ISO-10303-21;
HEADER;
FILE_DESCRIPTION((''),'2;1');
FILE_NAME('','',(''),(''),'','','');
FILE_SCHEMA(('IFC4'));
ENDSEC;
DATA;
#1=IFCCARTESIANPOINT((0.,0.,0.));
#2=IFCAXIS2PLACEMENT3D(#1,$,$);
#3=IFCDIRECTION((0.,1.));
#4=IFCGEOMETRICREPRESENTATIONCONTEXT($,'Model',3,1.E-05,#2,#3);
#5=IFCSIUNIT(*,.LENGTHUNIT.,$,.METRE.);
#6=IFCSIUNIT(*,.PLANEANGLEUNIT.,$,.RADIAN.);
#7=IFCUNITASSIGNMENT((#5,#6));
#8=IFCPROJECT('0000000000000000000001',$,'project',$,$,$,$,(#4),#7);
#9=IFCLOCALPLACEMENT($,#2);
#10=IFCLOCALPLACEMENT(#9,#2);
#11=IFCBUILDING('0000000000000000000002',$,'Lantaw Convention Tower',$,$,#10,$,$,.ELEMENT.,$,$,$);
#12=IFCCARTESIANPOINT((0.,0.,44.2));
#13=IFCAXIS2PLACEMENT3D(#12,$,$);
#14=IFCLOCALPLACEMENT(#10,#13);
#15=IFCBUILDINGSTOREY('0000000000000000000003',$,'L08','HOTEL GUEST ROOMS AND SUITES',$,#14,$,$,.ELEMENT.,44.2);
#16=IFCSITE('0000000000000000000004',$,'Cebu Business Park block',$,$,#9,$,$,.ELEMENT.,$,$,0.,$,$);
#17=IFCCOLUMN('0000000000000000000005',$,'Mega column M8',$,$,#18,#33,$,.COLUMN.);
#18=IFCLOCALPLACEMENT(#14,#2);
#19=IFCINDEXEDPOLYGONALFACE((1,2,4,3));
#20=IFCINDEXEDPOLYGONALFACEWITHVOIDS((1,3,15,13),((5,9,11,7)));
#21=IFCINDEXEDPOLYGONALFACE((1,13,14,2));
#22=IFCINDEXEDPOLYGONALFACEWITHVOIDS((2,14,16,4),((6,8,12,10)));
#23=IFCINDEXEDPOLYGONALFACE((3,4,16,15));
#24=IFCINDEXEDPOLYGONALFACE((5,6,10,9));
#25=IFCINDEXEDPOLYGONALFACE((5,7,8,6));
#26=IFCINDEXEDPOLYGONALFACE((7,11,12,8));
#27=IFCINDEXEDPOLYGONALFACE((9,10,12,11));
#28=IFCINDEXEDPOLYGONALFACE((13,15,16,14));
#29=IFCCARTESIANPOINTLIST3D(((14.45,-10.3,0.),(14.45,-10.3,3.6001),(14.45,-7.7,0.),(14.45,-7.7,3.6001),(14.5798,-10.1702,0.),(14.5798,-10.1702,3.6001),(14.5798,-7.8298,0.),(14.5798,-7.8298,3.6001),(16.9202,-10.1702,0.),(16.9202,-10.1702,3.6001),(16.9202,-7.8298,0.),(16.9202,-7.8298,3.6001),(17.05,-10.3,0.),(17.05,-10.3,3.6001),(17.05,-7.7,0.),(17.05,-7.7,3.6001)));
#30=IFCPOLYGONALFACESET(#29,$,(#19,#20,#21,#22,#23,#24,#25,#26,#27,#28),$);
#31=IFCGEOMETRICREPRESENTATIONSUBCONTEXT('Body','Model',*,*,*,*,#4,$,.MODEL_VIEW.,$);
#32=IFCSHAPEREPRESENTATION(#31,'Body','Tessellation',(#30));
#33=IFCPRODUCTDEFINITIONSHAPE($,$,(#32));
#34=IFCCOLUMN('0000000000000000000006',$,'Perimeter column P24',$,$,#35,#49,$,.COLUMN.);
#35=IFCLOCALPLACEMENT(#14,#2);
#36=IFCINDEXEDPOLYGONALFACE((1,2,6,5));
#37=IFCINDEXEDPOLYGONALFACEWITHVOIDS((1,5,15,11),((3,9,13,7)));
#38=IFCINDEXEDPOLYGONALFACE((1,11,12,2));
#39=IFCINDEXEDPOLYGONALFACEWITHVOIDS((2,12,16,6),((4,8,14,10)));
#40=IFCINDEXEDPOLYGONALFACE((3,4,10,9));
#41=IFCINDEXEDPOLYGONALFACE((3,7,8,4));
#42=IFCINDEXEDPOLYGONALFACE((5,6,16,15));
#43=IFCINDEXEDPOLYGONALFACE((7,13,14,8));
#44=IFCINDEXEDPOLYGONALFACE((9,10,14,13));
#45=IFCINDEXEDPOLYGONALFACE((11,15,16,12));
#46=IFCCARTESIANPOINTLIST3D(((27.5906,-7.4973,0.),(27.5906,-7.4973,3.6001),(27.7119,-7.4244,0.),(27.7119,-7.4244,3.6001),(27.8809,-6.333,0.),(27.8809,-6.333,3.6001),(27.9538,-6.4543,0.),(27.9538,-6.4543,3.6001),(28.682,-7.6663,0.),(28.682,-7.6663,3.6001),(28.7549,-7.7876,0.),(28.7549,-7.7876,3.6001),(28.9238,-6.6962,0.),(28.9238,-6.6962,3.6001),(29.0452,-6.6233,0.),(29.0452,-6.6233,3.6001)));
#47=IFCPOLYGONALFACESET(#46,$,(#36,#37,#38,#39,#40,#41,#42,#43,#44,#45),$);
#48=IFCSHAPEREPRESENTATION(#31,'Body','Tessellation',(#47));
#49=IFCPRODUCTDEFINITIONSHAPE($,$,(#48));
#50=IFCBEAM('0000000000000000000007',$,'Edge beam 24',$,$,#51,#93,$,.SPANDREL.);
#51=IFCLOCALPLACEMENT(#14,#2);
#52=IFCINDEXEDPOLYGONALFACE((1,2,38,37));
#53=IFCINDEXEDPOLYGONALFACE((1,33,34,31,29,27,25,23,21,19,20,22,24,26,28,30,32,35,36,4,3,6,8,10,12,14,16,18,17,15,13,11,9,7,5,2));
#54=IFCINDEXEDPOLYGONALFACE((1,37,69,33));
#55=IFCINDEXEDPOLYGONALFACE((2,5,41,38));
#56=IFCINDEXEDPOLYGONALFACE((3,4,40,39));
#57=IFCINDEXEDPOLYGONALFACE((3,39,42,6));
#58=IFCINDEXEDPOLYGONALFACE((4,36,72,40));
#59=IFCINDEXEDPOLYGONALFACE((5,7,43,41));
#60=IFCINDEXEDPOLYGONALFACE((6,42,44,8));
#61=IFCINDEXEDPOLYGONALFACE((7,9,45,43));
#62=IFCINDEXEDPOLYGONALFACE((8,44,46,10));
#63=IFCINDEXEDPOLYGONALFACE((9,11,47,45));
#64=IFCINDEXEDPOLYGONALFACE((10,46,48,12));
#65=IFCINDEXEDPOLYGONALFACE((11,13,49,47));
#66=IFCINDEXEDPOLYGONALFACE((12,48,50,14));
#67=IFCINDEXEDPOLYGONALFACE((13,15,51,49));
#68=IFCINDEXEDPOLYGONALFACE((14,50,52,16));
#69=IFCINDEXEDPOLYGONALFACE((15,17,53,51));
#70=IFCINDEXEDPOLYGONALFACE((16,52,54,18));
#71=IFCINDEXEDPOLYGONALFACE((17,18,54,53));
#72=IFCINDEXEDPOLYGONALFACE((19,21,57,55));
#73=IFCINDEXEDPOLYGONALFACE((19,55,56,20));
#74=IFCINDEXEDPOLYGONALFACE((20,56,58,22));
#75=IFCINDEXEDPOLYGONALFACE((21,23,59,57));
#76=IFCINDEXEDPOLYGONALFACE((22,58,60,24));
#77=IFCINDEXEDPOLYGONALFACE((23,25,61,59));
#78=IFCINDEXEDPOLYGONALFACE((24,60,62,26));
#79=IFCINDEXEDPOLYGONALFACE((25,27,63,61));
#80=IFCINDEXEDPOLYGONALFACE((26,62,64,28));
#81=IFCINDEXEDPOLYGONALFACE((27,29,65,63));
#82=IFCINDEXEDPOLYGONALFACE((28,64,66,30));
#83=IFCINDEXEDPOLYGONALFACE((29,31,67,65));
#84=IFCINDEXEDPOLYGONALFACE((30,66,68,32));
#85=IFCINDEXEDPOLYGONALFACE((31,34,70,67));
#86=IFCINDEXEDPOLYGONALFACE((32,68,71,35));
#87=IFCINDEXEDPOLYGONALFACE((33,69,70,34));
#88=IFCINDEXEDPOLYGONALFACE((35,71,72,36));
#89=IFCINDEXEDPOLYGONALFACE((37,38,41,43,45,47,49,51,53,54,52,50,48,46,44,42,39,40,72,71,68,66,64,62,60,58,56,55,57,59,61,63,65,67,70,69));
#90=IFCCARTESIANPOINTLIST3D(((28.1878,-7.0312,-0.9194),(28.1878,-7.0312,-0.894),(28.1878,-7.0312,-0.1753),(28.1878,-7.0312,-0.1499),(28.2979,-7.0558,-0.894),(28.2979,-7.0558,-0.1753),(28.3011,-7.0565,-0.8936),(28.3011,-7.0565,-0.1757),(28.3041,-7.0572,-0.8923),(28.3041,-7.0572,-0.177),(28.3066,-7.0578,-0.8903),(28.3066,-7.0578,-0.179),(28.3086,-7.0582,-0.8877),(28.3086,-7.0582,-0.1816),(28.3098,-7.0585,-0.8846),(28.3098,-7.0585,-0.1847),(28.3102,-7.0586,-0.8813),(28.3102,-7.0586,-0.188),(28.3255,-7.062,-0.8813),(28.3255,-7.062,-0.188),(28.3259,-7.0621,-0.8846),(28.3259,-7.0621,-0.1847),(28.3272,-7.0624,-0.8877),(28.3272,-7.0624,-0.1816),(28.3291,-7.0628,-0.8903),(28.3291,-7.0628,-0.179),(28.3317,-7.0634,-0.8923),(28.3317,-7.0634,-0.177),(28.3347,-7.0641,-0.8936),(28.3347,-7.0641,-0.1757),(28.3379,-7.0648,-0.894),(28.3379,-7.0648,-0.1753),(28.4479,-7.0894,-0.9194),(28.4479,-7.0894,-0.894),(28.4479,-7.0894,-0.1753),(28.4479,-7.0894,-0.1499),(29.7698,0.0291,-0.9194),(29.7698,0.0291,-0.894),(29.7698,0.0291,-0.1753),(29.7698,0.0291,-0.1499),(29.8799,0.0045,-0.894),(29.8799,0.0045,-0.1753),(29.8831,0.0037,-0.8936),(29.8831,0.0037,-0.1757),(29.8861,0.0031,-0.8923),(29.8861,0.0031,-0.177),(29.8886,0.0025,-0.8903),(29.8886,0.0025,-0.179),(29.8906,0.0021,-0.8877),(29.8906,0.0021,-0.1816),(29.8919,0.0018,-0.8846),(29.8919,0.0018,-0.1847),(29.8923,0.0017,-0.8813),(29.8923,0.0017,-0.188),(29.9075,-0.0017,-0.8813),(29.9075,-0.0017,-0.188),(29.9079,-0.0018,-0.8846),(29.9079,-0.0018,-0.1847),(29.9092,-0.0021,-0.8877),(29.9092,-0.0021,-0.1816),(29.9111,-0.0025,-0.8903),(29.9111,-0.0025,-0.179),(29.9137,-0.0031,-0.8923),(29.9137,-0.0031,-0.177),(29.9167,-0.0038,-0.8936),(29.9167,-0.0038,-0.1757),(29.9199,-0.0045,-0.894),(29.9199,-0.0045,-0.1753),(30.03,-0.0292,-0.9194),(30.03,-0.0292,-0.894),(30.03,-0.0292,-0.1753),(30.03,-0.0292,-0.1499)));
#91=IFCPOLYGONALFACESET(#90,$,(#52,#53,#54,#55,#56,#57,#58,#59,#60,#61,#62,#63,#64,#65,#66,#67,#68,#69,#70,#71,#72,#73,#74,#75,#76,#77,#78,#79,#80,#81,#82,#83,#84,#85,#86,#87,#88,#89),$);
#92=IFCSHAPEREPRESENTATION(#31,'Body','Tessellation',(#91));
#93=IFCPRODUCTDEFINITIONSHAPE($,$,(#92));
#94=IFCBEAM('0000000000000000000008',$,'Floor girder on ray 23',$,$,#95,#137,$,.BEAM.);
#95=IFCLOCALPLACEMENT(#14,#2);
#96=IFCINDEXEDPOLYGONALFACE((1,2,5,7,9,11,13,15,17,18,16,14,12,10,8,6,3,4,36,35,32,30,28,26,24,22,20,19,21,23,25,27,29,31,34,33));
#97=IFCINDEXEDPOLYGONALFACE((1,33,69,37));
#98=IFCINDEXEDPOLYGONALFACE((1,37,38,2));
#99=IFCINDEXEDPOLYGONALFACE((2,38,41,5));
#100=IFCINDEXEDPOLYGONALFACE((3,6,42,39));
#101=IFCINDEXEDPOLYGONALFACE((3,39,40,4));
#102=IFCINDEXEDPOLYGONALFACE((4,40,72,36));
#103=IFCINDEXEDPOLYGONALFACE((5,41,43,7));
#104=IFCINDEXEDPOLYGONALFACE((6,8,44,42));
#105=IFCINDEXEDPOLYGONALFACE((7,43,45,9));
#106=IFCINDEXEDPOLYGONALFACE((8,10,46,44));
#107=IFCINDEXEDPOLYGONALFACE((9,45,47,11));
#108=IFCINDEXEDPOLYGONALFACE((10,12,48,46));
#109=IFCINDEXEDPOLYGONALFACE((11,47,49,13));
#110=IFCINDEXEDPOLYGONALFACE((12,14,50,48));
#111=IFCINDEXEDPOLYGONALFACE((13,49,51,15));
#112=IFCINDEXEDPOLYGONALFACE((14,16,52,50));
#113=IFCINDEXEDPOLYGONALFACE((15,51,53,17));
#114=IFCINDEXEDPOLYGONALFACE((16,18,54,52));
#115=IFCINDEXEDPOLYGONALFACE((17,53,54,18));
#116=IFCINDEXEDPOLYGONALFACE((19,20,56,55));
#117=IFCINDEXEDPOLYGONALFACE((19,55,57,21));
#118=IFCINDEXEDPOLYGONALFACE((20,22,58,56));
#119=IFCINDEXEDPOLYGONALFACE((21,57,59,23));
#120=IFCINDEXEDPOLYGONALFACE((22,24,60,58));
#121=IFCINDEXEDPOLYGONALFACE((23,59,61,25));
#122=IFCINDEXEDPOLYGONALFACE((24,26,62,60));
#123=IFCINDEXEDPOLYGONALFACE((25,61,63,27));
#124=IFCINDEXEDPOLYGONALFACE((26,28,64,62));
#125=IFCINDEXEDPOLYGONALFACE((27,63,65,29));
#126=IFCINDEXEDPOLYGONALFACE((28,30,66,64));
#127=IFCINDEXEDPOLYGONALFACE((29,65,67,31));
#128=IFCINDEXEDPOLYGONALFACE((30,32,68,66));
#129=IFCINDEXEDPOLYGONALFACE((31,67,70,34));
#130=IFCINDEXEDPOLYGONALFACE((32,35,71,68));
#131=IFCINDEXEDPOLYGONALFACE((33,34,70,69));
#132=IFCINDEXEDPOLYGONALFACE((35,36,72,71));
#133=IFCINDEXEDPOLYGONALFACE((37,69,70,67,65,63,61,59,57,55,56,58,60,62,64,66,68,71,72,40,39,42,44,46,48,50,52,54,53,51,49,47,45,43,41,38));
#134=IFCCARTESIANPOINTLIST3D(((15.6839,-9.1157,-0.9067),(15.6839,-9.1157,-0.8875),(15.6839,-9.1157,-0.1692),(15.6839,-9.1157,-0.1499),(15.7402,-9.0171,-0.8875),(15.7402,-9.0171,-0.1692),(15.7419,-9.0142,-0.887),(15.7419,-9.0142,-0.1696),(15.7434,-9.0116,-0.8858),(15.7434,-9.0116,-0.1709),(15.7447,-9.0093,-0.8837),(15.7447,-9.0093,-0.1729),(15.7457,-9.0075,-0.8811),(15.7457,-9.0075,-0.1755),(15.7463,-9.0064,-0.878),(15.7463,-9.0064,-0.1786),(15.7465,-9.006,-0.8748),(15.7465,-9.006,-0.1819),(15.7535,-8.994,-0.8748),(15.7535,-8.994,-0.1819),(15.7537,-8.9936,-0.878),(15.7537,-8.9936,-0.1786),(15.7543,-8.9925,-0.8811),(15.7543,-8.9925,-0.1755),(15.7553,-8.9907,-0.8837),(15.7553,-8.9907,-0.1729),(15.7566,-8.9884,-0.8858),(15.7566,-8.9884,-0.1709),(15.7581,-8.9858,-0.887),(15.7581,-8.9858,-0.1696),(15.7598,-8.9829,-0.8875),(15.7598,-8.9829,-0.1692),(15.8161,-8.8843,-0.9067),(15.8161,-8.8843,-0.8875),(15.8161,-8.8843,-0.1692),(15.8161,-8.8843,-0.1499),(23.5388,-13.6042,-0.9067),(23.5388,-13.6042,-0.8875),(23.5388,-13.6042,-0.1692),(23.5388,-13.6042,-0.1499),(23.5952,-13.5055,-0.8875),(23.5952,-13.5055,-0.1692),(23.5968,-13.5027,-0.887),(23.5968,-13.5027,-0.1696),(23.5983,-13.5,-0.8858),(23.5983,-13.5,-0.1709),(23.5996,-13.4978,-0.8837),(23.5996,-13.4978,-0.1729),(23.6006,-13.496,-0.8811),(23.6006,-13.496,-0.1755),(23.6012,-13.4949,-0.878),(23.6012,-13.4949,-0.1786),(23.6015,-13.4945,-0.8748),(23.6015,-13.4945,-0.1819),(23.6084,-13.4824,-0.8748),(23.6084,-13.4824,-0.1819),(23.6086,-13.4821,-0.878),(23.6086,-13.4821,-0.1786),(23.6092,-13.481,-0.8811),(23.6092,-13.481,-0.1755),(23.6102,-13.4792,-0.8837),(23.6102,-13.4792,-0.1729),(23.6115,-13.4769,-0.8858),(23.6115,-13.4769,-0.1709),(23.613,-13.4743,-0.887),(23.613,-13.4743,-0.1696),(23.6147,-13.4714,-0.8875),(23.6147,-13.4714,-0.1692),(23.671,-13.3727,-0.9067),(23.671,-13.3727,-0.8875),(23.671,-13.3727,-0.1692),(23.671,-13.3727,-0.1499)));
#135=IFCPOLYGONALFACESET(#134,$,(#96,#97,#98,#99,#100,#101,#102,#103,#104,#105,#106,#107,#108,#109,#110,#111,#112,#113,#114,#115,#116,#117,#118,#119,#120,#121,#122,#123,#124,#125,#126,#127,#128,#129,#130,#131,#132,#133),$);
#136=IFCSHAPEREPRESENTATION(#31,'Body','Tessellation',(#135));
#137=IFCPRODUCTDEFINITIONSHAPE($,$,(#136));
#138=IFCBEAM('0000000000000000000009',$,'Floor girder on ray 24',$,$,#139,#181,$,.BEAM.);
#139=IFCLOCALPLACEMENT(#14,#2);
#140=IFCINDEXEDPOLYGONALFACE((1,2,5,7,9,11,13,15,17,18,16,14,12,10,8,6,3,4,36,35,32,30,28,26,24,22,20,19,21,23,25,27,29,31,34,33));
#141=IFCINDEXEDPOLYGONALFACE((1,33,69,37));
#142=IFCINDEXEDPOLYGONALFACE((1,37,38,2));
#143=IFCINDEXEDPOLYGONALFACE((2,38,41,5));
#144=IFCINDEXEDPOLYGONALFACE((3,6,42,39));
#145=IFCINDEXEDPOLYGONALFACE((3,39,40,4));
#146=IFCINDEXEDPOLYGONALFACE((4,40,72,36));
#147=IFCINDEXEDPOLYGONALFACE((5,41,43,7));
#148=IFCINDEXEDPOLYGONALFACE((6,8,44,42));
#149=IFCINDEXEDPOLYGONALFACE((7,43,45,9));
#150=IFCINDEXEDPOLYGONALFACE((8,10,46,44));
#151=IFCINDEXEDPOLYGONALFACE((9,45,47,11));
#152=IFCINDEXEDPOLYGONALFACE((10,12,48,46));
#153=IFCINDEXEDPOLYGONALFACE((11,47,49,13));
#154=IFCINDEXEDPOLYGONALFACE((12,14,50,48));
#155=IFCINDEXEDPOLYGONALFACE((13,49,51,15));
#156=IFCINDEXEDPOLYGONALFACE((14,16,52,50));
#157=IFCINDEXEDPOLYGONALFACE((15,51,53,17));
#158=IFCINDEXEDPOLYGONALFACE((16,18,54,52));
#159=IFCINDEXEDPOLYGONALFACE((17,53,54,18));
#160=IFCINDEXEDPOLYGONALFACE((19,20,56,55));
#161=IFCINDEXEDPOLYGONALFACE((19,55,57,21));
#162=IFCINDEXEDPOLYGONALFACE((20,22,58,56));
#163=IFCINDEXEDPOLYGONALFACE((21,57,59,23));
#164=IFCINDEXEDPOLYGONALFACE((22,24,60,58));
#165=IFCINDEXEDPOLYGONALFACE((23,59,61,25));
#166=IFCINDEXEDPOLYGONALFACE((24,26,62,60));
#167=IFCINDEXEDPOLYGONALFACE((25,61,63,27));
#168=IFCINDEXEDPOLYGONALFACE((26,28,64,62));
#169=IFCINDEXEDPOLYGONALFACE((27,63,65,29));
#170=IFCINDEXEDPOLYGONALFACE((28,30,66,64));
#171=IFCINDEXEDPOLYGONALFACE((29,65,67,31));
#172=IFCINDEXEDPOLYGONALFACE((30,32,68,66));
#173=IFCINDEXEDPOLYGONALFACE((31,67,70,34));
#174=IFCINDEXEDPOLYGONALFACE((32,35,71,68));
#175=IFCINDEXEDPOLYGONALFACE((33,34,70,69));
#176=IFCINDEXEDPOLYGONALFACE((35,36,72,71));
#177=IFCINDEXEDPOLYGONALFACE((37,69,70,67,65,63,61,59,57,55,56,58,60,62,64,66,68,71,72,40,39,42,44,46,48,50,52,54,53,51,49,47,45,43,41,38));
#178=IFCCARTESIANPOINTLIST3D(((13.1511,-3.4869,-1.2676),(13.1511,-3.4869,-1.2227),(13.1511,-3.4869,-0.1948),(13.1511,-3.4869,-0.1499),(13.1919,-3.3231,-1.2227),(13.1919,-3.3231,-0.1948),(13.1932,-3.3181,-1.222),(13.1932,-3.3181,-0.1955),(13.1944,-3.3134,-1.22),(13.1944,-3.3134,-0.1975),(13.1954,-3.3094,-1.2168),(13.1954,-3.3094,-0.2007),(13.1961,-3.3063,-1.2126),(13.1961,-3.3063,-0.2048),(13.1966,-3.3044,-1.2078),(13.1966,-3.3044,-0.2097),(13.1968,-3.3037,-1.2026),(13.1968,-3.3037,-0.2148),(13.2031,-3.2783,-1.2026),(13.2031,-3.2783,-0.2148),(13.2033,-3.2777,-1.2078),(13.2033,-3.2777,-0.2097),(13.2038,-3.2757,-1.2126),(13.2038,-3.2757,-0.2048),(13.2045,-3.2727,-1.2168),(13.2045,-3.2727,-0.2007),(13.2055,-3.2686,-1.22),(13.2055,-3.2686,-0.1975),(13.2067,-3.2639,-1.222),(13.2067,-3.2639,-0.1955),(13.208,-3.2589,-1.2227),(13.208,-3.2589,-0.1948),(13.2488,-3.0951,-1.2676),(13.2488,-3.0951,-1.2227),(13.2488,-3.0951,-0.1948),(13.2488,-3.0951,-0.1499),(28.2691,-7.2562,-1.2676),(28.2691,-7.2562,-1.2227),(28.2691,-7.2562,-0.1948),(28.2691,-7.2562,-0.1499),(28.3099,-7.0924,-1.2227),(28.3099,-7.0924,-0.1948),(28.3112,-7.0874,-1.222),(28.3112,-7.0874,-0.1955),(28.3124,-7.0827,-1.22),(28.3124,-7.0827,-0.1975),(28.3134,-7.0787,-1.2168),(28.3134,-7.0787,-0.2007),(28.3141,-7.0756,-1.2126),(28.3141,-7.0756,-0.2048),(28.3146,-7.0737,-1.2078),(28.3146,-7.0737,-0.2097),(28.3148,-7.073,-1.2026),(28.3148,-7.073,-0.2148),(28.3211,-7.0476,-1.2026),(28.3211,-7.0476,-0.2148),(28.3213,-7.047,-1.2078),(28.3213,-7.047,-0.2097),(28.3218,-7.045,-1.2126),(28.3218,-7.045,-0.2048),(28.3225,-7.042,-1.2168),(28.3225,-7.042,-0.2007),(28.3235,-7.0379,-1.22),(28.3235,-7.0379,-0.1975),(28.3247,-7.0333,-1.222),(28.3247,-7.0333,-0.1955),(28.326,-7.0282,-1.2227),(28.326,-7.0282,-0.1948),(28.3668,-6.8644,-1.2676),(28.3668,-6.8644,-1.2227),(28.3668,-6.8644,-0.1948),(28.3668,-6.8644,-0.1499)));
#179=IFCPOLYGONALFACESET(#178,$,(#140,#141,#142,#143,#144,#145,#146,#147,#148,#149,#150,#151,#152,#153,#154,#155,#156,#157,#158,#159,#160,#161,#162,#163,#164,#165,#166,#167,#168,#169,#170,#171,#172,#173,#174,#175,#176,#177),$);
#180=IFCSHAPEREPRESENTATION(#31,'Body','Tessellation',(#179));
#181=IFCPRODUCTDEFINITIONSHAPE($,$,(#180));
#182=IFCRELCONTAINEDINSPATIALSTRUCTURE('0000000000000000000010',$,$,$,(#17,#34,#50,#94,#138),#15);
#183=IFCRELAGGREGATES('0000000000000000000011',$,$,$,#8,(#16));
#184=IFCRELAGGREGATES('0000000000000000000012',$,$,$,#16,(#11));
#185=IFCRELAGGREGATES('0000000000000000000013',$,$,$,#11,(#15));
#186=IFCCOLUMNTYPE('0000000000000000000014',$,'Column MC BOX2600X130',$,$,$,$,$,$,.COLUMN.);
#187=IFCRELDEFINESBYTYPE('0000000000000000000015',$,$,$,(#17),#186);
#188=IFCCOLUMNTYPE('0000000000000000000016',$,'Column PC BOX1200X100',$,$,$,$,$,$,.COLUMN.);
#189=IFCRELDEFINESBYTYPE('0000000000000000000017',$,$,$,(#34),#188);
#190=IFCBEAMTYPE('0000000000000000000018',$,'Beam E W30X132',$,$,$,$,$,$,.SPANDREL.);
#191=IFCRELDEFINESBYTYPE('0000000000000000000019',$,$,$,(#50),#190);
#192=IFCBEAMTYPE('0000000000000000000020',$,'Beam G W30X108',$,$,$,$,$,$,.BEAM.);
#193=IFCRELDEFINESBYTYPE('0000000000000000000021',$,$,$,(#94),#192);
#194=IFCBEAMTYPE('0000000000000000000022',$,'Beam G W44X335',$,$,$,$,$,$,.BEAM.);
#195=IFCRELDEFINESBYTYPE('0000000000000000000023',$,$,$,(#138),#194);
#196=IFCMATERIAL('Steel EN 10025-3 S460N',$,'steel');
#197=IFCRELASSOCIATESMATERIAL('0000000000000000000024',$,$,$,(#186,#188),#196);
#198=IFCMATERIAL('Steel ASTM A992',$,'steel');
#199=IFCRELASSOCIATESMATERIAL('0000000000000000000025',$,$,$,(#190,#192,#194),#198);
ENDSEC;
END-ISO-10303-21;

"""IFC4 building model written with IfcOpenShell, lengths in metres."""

from ifc_helpers import new_model, si_unit, direction, frame, origin, origin_2d, place, context, subcontext, project, spatial, rectangle, hollow_rectangle, i_section, extrude, material, material_profile, profile_set, type_object, element, save


model = new_model("IFC4")

# Units and contexts
model_context = context("Model", 3, precision=1e-05, world=origin(), true_north=direction((0.0, 1.0)))
body_context = subcontext(model_context, "Body", "Model", "MODEL_VIEW")
ifc_project = project(units=[si_unit("LENGTHUNIT", "METRE"), si_unit("PLANEANGLEUNIT", "RADIAN")], contexts=[model_context])

# Site, building, storey
site_placement = place(None, origin())
site = spatial("IfcSite", under=ifc_project, at=site_placement, Name="Cebu Business Park block", CompositionType="ELEMENT", RefElevation=0.0)
building_placement = place(site_placement, origin())
building = spatial("IfcBuilding", under=site, at=building_placement, Name="Lantaw Convention Tower", CompositionType="ELEMENT")
storey_placement = place(building_placement, frame((0.0, 0.0, 44.2)))
storey = spatial("IfcBuildingStorey", under=building, at=storey_placement, Name="L08", Description="HOTEL GUEST ROOMS AND SUITES", CompositionType="ELEMENT", Elevation=44.2)

# Columns
ifc_material_1 = material(Name="Steel EN 10025-3 S460N", Category="steel")
ifc_material_profile_1 = material_profile(ifc_material_1, hollow_rectangle(XDim=2.6001, YDim=2.6001, WallThickness=0.1299, at=origin_2d()), Name="BOX2600X130")
ifc_material_2 = material(Name="Concrete C60/75", Category="concrete")
ifc_material_profile_2 = material_profile(ifc_material_2, rectangle(XDim=2.3401, YDim=2.3401, at=origin_2d()), Name="Concrete fill of BOX2600X130")
ifc_profile_set_1 = profile_set([ifc_material_profile_1, ifc_material_profile_2], Name="Steel EN 10025-3 S460N")
column_type_1 = type_object("IfcColumnType", Name="Column MC BOX2600X130", PredefinedType="COLUMN", material=ifc_profile_set_1)
column_1_placement = place(storey_placement, frame((15.75, -9.0, 0.0), z_axis=(0.0, 0.0, 1.0), x_axis=(1.0, 0.0, 0.0)))
element("IfcColumn", 1, at=column_1_placement, inside=storey, type_object=column_type_1, Name="Mega column M8", PredefinedType="COLUMN", context=body_context, shape_type="SweptSolid", body=[
    extrude(hollow_rectangle(XDim=2.6001, YDim=2.6001, WallThickness=0.1299, at=origin_2d()), origin(), (0.0, 0.0, 1.0), 3.6001),
])
ifc_material_profile_3 = material_profile(ifc_material_1, hollow_rectangle(XDim=1.2, YDim=1.2, WallThickness=0.1001, at=origin_2d()), Name="BOX1200X100")
ifc_material_profile_4 = material_profile(ifc_material_2, rectangle(XDim=1.0, YDim=1.0, at=origin_2d()), Name="Concrete fill of BOX1200X100")
ifc_profile_set_2 = profile_set([ifc_material_profile_3, ifc_material_profile_4], Name="Steel EN 10025-3 S460N")
column_type_2 = type_object("IfcColumnType", Name="Column PC BOX1200X100", PredefinedType="COLUMN", material=ifc_profile_set_2)
column_2_placement = place(storey_placement, frame((28.3179, -7.0603, 0.0), z_axis=(0.0, 0.0, 1.0), x_axis=(0.241922, 0.970296, 0.0)))
element("IfcColumn", 2, at=column_2_placement, inside=storey, type_object=column_type_2, Name="Perimeter column P24", PredefinedType="COLUMN", context=body_context, shape_type="SweptSolid", body=[
    extrude(hollow_rectangle(XDim=1.2, YDim=1.2, WallThickness=0.1001, at=origin_2d()), origin(), (0.0, 0.0, 1.0), 3.6001),
])

# Beams
ifc_material_3 = material(Name="Steel ASTM A992", Category="steel")
ifc_material_profile_5 = material_profile(ifc_material_3, i_section(OverallWidth=0.2666, OverallDepth=0.7695, WebThickness=0.0156, FlangeThickness=0.0254, FilletRadius=0.0127, at=origin_2d()), Name="W30X132")
ifc_profile_set_3 = profile_set([ifc_material_profile_5], Name="Steel ASTM A992")
beam_type_1 = type_object("IfcBeamType", Name="Beam E W30X132", PredefinedType="SPANDREL", material=ifc_profile_set_3)
beam_1_placement = place(storey_placement, frame((28.3179, -7.0603, -0.5347), z_axis=(0.218652, 0.975803, 0.0), x_axis=(-0.975803, 0.218652, 0.0)))
element("IfcBeam", 3, at=beam_1_placement, inside=storey, type_object=beam_type_1, Name="Edge beam 24", PredefinedType="SPANDREL", context=body_context, shape_type="SweptSolid", body=[
    extrude(i_section(OverallWidth=0.2666, OverallDepth=0.7695, WebThickness=0.0156, FlangeThickness=0.0254, FilletRadius=0.0127, at=origin_2d()), origin(), (0.0, 0.0, 1.0), 7.2354),
])
ifc_material_profile_6 = material_profile(ifc_material_3, i_section(OverallWidth=0.2666, OverallDepth=0.7568, WebThickness=0.0139, FlangeThickness=0.0193, FilletRadius=0.0127, at=origin_2d()), Name="W30X108")
ifc_profile_set_4 = profile_set([ifc_material_profile_6], Name="Steel ASTM A992")
beam_type_2 = type_object("IfcBeamType", Name="Beam G W30X108", PredefinedType="BEAM", material=ifc_profile_set_4)
beam_2_placement = place(storey_placement, frame((15.75, -9.0, -0.5283), z_axis=(0.868245, -0.496136, 0.0), x_axis=(0.496136, 0.868245, 0.0)))
element("IfcBeam", 4, at=beam_2_placement, inside=storey, type_object=beam_type_2, Name="Floor girder on ray 23", PredefinedType="BEAM", context=body_context, shape_type="SweptSolid", body=[
    extrude(i_section(OverallWidth=0.2666, OverallDepth=0.7568, WebThickness=0.0139, FlangeThickness=0.0193, FilletRadius=0.0127, at=origin_2d()), origin(), (0.0, 0.0, 1.0), 9.0469),
])
ifc_material_profile_7 = material_profile(ifc_material_3, i_section(OverallWidth=0.4038, OverallDepth=1.1177, WebThickness=0.0261, FlangeThickness=0.0449, FilletRadius=0.02, at=origin_2d()), Name="W44X335")
ifc_profile_set_5 = profile_set([ifc_material_profile_7], Name="Steel ASTM A992")
beam_type_3 = type_object("IfcBeamType", Name="Beam G W44X335", PredefinedType="BEAM", material=ifc_profile_set_5)
beam_3_placement = place(storey_placement, frame((13.2, -3.291, -0.7087), z_axis=(0.970296, -0.24192, 0.0), x_axis=(0.24192, 0.970296, 0.0)))
element("IfcBeam", 5, at=beam_3_placement, inside=storey, type_object=beam_type_3, Name="Floor girder on ray 24", PredefinedType="BEAM", context=body_context, shape_type="SweptSolid", body=[
    extrude(i_section(OverallWidth=0.4038, OverallDepth=1.1177, WebThickness=0.0261, FlangeThickness=0.0449, FilletRadius=0.02, at=origin_2d()), origin(), (0.0, 0.0, 1.0), 15.5808),
])

save(model, "model.ifc")
